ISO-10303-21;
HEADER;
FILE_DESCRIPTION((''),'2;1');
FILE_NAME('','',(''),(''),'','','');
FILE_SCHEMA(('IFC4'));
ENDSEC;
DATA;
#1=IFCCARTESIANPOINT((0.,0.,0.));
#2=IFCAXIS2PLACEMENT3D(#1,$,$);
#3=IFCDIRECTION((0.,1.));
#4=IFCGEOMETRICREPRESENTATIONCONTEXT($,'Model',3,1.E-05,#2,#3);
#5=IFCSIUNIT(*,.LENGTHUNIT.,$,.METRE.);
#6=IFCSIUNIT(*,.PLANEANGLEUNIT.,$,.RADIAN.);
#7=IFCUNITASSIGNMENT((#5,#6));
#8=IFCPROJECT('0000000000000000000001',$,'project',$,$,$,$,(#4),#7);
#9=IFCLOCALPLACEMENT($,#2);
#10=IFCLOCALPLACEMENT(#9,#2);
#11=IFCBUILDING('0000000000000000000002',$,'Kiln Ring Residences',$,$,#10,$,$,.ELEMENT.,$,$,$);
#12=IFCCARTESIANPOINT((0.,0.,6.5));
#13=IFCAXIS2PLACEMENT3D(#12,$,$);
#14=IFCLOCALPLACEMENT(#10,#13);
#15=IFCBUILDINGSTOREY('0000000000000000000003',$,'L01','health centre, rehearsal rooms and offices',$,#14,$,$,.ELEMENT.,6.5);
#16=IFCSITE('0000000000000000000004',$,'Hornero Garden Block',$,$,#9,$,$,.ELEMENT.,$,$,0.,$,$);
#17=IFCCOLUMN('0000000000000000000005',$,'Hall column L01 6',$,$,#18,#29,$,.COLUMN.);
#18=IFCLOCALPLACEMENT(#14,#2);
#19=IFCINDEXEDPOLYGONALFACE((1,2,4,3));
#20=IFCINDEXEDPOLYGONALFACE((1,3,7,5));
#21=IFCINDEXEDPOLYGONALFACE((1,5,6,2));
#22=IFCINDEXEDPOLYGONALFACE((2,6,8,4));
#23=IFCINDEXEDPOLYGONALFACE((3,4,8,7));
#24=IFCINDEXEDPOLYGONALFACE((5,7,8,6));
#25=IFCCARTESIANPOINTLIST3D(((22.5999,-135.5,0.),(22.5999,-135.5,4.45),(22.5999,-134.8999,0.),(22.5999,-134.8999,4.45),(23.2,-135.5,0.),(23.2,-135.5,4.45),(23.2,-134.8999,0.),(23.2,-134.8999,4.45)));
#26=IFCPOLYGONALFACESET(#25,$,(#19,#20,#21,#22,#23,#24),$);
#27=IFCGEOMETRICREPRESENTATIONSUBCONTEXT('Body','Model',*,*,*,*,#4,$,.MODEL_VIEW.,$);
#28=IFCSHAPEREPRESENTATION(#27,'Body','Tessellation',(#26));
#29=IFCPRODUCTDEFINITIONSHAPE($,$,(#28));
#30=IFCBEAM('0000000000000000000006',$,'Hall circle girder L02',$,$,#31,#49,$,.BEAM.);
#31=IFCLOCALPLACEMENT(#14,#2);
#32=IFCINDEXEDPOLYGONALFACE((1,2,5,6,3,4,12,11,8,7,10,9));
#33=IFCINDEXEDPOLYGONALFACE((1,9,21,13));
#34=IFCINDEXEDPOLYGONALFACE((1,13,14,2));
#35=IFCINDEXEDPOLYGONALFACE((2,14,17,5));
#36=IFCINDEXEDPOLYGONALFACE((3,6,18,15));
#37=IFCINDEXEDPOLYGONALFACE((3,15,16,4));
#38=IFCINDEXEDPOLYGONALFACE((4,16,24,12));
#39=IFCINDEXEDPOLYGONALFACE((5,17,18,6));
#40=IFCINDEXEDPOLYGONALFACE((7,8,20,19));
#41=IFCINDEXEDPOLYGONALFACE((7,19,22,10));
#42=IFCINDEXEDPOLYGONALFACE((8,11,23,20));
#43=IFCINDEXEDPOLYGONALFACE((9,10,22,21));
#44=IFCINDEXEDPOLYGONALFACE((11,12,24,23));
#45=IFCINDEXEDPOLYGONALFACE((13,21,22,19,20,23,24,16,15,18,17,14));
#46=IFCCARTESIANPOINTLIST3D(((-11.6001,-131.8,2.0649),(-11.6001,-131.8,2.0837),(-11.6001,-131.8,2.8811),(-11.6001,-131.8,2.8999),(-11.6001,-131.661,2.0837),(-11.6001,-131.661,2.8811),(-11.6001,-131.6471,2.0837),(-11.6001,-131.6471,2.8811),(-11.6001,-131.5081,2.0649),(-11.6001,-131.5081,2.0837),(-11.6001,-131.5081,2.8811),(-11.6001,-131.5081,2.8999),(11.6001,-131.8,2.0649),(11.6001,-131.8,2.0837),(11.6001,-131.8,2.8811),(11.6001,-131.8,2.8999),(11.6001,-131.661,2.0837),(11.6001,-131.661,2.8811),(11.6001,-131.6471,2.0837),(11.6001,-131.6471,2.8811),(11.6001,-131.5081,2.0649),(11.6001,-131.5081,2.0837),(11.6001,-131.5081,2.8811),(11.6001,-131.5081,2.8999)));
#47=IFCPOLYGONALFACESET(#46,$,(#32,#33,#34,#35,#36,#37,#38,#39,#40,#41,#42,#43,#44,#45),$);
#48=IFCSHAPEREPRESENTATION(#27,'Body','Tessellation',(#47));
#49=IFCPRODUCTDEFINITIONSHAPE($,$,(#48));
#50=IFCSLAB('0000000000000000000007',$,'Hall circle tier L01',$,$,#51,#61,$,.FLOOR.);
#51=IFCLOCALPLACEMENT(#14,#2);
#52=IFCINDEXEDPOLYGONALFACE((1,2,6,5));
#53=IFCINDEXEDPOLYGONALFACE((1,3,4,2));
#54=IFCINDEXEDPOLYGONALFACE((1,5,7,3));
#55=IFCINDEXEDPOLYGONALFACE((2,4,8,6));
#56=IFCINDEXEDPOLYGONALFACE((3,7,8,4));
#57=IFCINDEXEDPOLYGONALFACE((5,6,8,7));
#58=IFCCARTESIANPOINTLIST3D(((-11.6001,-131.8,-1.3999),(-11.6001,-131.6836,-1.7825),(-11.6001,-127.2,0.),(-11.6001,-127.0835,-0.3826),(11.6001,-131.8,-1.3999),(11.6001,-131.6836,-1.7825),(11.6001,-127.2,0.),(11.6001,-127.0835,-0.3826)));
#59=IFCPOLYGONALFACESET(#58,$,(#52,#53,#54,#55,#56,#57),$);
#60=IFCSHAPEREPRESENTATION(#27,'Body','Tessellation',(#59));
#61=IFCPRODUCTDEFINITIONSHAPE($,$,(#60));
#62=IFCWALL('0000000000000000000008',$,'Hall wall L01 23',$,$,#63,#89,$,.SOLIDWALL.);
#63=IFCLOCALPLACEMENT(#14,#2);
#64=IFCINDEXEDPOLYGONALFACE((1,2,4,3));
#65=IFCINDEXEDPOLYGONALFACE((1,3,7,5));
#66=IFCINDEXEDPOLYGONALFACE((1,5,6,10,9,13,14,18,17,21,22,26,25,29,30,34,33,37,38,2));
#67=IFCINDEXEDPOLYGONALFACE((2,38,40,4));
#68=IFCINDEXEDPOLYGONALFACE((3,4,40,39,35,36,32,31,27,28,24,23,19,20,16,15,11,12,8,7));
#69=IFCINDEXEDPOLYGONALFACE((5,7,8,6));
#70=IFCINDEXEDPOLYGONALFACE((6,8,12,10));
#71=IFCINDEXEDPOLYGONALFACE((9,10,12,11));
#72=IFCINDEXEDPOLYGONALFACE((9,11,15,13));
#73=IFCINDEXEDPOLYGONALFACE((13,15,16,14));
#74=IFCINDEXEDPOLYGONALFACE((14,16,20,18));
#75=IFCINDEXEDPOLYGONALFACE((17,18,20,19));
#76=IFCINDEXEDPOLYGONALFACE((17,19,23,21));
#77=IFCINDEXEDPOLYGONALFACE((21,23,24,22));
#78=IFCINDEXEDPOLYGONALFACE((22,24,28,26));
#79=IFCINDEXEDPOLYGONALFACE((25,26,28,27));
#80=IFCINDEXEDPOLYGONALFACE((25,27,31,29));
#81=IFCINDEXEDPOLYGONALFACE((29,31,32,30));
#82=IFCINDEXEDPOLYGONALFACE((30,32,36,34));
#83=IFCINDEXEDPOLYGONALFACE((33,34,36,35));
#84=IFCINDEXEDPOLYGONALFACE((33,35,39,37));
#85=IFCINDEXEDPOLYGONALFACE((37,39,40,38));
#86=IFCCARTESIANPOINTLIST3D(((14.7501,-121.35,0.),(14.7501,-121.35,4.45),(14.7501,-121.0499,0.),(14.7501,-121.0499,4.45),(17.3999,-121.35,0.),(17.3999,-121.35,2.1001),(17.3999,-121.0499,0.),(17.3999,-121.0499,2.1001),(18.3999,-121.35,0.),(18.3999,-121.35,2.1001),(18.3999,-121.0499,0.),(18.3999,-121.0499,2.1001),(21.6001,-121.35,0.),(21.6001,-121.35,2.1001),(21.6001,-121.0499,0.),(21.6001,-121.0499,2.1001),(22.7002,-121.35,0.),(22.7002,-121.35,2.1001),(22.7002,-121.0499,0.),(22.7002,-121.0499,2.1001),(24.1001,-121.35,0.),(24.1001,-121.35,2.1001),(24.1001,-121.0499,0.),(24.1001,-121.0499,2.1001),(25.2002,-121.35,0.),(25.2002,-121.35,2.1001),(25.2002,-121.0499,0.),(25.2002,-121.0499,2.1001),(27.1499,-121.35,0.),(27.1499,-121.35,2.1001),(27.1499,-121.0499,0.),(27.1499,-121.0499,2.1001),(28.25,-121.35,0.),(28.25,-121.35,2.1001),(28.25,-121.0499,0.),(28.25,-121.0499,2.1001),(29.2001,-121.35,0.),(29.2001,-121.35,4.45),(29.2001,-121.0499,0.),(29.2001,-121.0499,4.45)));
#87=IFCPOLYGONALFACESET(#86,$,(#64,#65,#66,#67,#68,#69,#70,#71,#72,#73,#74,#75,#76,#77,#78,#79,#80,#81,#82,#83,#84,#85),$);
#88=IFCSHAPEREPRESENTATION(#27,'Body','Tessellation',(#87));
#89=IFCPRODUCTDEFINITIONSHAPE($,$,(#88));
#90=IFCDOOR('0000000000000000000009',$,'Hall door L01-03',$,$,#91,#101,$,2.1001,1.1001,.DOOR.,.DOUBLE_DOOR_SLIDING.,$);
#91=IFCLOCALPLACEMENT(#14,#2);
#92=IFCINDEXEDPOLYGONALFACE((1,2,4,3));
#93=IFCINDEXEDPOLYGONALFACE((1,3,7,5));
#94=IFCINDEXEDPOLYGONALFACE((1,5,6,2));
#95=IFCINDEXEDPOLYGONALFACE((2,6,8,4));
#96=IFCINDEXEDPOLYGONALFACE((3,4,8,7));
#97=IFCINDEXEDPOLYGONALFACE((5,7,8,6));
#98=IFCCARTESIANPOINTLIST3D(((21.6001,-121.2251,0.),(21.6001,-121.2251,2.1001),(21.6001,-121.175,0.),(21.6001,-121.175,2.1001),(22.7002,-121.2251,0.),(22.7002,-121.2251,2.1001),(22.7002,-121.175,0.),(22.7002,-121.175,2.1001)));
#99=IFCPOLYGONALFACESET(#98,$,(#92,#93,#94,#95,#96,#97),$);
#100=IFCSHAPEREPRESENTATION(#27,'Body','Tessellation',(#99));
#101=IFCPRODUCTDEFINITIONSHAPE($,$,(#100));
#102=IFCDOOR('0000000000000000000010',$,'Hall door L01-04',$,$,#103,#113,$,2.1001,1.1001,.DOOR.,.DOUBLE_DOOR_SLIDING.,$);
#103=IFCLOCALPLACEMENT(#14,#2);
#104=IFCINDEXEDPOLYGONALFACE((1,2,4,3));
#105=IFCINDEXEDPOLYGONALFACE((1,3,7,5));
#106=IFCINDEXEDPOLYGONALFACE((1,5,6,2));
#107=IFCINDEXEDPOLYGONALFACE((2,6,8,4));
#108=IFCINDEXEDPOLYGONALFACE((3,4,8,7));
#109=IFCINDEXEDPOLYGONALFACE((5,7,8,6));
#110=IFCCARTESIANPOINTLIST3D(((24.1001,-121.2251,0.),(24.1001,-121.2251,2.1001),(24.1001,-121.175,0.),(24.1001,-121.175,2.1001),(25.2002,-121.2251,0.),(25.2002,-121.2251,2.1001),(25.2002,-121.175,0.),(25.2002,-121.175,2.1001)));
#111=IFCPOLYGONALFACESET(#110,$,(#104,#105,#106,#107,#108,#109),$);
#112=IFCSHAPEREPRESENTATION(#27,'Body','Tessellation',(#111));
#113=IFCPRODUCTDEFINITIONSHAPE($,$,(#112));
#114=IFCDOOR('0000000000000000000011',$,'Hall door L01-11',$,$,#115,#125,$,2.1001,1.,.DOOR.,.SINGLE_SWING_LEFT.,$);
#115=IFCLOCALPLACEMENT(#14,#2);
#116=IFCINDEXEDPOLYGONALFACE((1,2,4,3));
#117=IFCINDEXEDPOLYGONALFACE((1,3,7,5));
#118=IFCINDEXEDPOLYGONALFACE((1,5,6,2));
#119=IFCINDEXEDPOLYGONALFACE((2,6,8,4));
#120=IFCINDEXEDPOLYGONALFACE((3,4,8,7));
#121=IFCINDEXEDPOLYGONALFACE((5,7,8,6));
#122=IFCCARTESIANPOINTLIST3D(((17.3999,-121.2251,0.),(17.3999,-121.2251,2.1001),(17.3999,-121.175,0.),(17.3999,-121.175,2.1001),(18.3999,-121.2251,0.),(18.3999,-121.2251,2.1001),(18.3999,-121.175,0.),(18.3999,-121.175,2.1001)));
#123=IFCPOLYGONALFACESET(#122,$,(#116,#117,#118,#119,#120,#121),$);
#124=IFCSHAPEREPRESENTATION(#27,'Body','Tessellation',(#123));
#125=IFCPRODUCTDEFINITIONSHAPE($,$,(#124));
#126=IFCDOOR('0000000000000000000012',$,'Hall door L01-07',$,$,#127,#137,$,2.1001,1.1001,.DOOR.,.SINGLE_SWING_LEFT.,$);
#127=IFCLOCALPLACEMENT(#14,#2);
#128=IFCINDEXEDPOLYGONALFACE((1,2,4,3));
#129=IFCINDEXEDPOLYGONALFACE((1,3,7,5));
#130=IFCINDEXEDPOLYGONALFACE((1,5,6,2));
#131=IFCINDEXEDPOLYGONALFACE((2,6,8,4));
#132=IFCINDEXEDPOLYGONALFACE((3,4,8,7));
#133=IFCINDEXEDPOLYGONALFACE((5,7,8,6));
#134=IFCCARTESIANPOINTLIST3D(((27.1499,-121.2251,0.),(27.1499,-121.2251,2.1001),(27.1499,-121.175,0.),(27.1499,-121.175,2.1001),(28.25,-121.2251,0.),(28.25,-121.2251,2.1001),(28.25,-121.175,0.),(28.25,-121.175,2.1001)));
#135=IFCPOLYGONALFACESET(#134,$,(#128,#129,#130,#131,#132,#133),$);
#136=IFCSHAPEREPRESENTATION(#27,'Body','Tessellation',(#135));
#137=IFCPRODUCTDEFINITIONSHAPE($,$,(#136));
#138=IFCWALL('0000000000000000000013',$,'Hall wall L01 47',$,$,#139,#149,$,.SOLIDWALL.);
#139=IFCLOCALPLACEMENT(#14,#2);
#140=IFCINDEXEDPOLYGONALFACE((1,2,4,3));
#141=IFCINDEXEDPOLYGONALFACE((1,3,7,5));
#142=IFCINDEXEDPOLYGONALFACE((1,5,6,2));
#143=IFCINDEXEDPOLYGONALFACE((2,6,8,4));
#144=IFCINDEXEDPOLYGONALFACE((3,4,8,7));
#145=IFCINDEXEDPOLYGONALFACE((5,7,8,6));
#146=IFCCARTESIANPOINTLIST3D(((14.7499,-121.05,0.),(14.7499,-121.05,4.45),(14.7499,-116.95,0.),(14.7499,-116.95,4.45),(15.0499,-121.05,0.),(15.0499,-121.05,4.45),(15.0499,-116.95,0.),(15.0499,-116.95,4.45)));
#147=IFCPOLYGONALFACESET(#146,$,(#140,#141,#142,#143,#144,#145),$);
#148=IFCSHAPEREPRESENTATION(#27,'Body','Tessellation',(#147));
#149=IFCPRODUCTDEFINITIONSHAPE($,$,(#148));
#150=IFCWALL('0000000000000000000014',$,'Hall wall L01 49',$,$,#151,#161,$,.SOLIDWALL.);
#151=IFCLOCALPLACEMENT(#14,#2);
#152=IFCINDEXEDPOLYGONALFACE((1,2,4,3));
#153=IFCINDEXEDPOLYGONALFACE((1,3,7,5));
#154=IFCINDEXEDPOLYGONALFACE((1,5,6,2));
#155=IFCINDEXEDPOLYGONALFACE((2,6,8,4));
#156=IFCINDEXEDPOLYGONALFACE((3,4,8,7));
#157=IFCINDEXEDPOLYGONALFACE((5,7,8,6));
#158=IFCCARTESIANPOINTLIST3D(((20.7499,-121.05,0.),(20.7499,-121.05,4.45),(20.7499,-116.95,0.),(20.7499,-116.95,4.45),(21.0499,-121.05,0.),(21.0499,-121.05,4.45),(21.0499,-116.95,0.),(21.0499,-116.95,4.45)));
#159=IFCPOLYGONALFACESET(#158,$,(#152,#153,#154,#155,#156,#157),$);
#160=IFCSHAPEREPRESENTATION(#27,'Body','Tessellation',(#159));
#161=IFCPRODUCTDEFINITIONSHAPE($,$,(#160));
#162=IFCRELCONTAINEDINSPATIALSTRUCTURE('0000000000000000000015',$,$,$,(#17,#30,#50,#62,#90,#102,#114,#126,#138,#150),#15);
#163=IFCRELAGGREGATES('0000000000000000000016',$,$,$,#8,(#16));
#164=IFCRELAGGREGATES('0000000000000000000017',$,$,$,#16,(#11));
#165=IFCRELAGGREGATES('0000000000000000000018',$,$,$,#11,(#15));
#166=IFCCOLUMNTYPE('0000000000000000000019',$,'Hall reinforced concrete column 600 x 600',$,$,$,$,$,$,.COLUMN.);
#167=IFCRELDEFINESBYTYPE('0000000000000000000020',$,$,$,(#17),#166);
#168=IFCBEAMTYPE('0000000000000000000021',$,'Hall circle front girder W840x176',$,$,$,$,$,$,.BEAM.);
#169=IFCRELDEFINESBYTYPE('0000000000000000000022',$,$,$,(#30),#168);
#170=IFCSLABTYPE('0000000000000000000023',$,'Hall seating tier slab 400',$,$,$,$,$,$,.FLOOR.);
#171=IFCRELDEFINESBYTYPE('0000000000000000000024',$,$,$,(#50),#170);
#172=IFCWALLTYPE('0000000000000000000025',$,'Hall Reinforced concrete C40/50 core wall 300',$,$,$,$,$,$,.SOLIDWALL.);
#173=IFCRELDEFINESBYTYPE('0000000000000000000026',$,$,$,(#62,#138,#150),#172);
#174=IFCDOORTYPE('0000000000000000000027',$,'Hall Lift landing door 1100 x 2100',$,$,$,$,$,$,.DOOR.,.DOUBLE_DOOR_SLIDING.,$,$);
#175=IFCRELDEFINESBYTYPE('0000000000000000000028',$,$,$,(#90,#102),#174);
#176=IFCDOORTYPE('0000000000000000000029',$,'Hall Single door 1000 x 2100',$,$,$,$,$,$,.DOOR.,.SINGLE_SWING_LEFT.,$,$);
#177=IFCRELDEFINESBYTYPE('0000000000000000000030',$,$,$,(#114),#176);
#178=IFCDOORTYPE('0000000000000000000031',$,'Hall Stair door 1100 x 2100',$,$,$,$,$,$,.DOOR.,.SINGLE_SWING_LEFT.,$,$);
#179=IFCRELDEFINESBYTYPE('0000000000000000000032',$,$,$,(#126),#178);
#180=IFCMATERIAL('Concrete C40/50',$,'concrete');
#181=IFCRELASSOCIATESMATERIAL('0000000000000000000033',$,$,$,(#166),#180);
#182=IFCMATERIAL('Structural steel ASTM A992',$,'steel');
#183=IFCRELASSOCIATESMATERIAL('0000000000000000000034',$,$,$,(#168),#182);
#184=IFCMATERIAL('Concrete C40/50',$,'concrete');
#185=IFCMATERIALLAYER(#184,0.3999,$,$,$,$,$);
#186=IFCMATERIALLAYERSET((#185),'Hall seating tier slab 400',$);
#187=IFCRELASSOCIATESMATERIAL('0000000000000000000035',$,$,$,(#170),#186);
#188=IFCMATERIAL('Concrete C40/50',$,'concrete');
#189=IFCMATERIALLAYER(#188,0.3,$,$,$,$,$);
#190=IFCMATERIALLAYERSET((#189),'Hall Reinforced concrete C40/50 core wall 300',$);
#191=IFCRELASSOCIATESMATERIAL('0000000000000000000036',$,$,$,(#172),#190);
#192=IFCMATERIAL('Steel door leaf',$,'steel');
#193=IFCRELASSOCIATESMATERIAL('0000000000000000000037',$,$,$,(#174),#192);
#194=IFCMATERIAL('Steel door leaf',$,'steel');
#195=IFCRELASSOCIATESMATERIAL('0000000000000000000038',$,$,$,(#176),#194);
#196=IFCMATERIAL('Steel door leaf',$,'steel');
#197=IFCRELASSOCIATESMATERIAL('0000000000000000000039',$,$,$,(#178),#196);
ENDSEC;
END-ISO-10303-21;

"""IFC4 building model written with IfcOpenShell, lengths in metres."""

from ifc_helpers import new_model, si_unit, direction, frame, frame_2d, origin, origin_2d, place, context, subcontext, project, spatial, polyline, rectangle, i_section, outline, extrude, material, layer, layer_set, material_profile, profile_set, type_object, element, fill, save


model = new_model("IFC4")

# Units and contexts
model_context = context("Model", 3, precision=1e-05, world=origin(), true_north=direction((0.0, 1.0)))
body_context = subcontext(model_context, "Body", "Model", "MODEL_VIEW")
ifc_project = project(units=[si_unit("LENGTHUNIT", "METRE"), si_unit("PLANEANGLEUNIT", "RADIAN")], contexts=[model_context])

# Site, building, storey
site_placement = place(None, origin())
site = spatial("IfcSite", under=ifc_project, at=site_placement, Name="Hornero Garden Block", CompositionType="ELEMENT", RefElevation=0.0)
building_placement = place(site_placement, origin())
building = spatial("IfcBuilding", under=site, at=building_placement, Name="Kiln Ring Residences", CompositionType="ELEMENT")
storey_placement = place(building_placement, frame((0.0, 0.0, 6.5)))
storey = spatial("IfcBuildingStorey", under=building, at=storey_placement, Name="L01", Description="health centre, rehearsal rooms and offices", CompositionType="ELEMENT", Elevation=6.5)

# Column
ifc_material_1 = material(Name="Concrete C40/50", Category="concrete")
ifc_material_profile_1 = material_profile(ifc_material_1, rectangle(XDim=0.6001, YDim=0.6001, at=origin_2d()), Name="Hall reinforced concrete column 600 x 600")
ifc_profile_set_1 = profile_set([ifc_material_profile_1], Name="Concrete C40/50")
column_type = type_object("IfcColumnType", Name="Hall reinforced concrete column 600 x 600", PredefinedType="COLUMN", material=ifc_profile_set_1)
column_placement = place(storey_placement, frame((22.8999, -135.2, 0.0), z_axis=(0.0, 0.0, 1.0), x_axis=(1.0, 0.0, 0.0)))
element("IfcColumn", 1, at=column_placement, inside=storey, type_object=column_type, Name="Hall column L01 6", PredefinedType="COLUMN", context=body_context, shape_type="SweptSolid", body=[
    extrude(rectangle(XDim=0.6001, YDim=0.6001, at=origin_2d()), origin(), (0.0, 0.0, 1.0), 4.45),
])

# Beam
ifc_material_2 = material(Name="Structural steel ASTM A992", Category="steel")
ifc_material_profile_2 = material_profile(ifc_material_2, i_section(OverallWidth=0.292, OverallDepth=0.835, WebThickness=0.0139, FlangeThickness=0.0188, at=origin_2d()), Name="W840x176")
ifc_profile_set_2 = profile_set([ifc_material_profile_2], Name="Structural steel ASTM A992")
beam_type = type_object("IfcBeamType", Name="Hall circle front girder W840x176", PredefinedType="BEAM", material=ifc_profile_set_2)
beam_placement = place(storey_placement, frame((-11.6001, -131.6541, 2.4824), z_axis=(1.0, 0.0, 0.0), x_axis=(0.0, 1.0, 0.0)))
element("IfcBeam", 2, at=beam_placement, inside=storey, type_object=beam_type, Name="Hall circle girder L02", PredefinedType="BEAM", context=body_context, shape_type="SweptSolid", body=[
    extrude(i_section(OverallWidth=0.292, OverallDepth=0.835, WebThickness=0.0139, FlangeThickness=0.0188, at=origin_2d()), origin(), (0.0, 0.0, 1.0), 23.2002),
])

# Slab
ifc_material_3 = material(Name="Concrete C40/50", Category="concrete")
ifc_layer_1 = layer(ifc_material_3, 0.3999)
ifc_layer_set_1 = layer_set([ifc_layer_1], Name="Hall seating tier slab 400")
slab_type = type_object("IfcSlabType", Name="Hall seating tier slab 400", PredefinedType="FLOOR", material=ifc_layer_set_1)
slab_placement = place(storey_placement, frame((-11.6001, -131.8, -1.3999), z_axis=(0.0, -0.291137, 0.956681), x_axis=(1.0, 0.0, 0.0)))
element("IfcSlab", 3, at=slab_placement, inside=storey, type_object=slab_type, Name="Hall circle tier L01", PredefinedType="FLOOR", context=body_context, shape_type="SweptSolid", body=[
    extrude(outline(polyline([(0.0, 0.0), (23.2002, 0.0), (23.2002, 4.8084), (0.0, 4.8084), (0.0, 0.0)])), origin(), (0.0, 0.0, -1.0), 0.3999),
])

# Wall, openings, doors
ifc_material_4 = material(Name="Concrete C40/50", Category="concrete")
ifc_layer_2 = layer(ifc_material_4, 0.3)
ifc_layer_set_2 = layer_set([ifc_layer_2], Name="Hall Reinforced concrete C40/50 core wall 300")
wall_type_1 = type_object("IfcWallType", Name="Hall Reinforced concrete C40/50 core wall 300", PredefinedType="SOLIDWALL", material=ifc_layer_set_2)
wall_1_placement = place(storey_placement, frame((14.75, -121.2, 0.0), z_axis=(0.0, 0.0, 1.0), x_axis=(1.0, 0.0, 0.0)))
wall_1 = element("IfcWall", 4, at=wall_1_placement, inside=storey, type_object=wall_type_1, Name="Hall wall L01 23", PredefinedType="SOLIDWALL", context=body_context, shape_type="SweptSolid", body=[
    extrude(rectangle(XDim=14.45, YDim=0.3, at=frame_2d((7.2251, 0.0))), origin(), (0.0, 0.0, 1.0), 4.45),
])
opening_1_placement = place(wall_1_placement, frame((6.8501, 0.0, 0.0)))
opening_1 = element("IfcOpeningElement", 5, at=opening_1_placement, cuts=wall_1, PredefinedType="OPENING", context=body_context, shape_type="SweptSolid", body=[
    extrude(rectangle(XDim=1.1001, YDim=2.1001, at=frame_2d((0.55, 1.05))), frame((0.0, 0.1599, 0.0), z_axis=(0.0, -1.0, 0.0), x_axis=(1.0, 0.0, 0.0)), (0.0, 0.0, 1.0), 0.3201),
])
opening_2_placement = place(wall_1_placement, frame((9.3501, 0.0, 0.0)))
opening_2 = element("IfcOpeningElement", 6, at=opening_2_placement, cuts=wall_1, PredefinedType="OPENING", context=body_context, shape_type="SweptSolid", body=[
    extrude(rectangle(XDim=1.1001, YDim=2.1001, at=frame_2d((0.55, 1.05))), frame((0.0, 0.1599, 0.0), z_axis=(0.0, -1.0, 0.0), x_axis=(1.0, 0.0, 0.0)), (0.0, 0.0, 1.0), 0.3201),
])
opening_3_placement = place(wall_1_placement, frame((12.3999, 0.0, 0.0)))
opening_3 = element("IfcOpeningElement", 7, at=opening_3_placement, cuts=wall_1, PredefinedType="OPENING", context=body_context, shape_type="SweptSolid", body=[
    extrude(rectangle(XDim=1.1001, YDim=2.1001, at=frame_2d((0.55, 1.05))), frame((0.0, 0.1599, 0.0), z_axis=(0.0, -1.0, 0.0), x_axis=(1.0, 0.0, 0.0)), (0.0, 0.0, 1.0), 0.3201),
])
opening_4_placement = place(wall_1_placement, frame((2.6499, 0.0, 0.0)))
opening_4 = element("IfcOpeningElement", 8, at=opening_4_placement, cuts=wall_1, PredefinedType="OPENING", context=body_context, shape_type="SweptSolid", body=[
    extrude(rectangle(XDim=1.0, YDim=2.1001, at=frame_2d((0.5, 1.05))), frame((0.0, 0.1599, 0.0), z_axis=(0.0, -1.0, 0.0), x_axis=(1.0, 0.0, 0.0)), (0.0, 0.0, 1.0), 0.3201),
])
ifc_material_5 = material(Name="Steel door leaf", Category="steel")
door_type_1 = type_object("IfcDoorType", Name="Hall Lift landing door 1100 x 2100", OperationType="DOUBLE_DOOR_SLIDING", PredefinedType="DOOR", material=ifc_material_5)
door_1_placement = place(opening_1_placement, origin())
door_1 = element("IfcDoor", 9, at=door_1_placement, inside=storey, type_object=door_type_1, Name="Hall door L01-03", OperationType="DOUBLE_DOOR_SLIDING", OverallHeight=2.1001, OverallWidth=1.1001, PredefinedType="DOOR", context=body_context, shape_type="SweptSolid", body=[
    extrude(rectangle(XDim=1.1001, YDim=2.1001, at=frame_2d((0.55, 1.05))), frame((0.0, 0.0249, 0.0), z_axis=(0.0, -1.0, 0.0), x_axis=(1.0, 0.0, 0.0)), (0.0, 0.0, 1.0), 0.05),
])
fill(opening_1, door_1)
door_2_placement = place(opening_2_placement, origin())
door_2 = element("IfcDoor", 10, at=door_2_placement, inside=storey, type_object=door_type_1, Name="Hall door L01-04", OperationType="DOUBLE_DOOR_SLIDING", OverallHeight=2.1001, OverallWidth=1.1001, PredefinedType="DOOR", context=body_context, shape_type="SweptSolid", body=[
    extrude(rectangle(XDim=1.1001, YDim=2.1001, at=frame_2d((0.55, 1.05))), frame((0.0, 0.0249, 0.0), z_axis=(0.0, -1.0, 0.0), x_axis=(1.0, 0.0, 0.0)), (0.0, 0.0, 1.0), 0.05),
])
fill(opening_2, door_2)
ifc_material_6 = material(Name="Steel door leaf", Category="steel")
door_type_2 = type_object("IfcDoorType", Name="Hall Single door 1000 x 2100", OperationType="SINGLE_SWING_LEFT", PredefinedType="DOOR", material=ifc_material_6)
door_3_placement = place(opening_4_placement, origin())
door_3 = element("IfcDoor", 11, at=door_3_placement, inside=storey, type_object=door_type_2, Name="Hall door L01-11", OperationType="SINGLE_SWING_LEFT", OverallHeight=2.1001, OverallWidth=1.0, PredefinedType="DOOR", context=body_context, shape_type="SweptSolid", body=[
    extrude(rectangle(XDim=1.0, YDim=2.1001, at=frame_2d((0.5, 1.05))), frame((0.0, 0.0249, 0.0), z_axis=(0.0, -1.0, 0.0), x_axis=(1.0, 0.0, 0.0)), (0.0, 0.0, 1.0), 0.05),
])
fill(opening_4, door_3)
ifc_material_7 = material(Name="Steel door leaf", Category="steel")
door_type_3 = type_object("IfcDoorType", Name="Hall Stair door 1100 x 2100", OperationType="SINGLE_SWING_LEFT", PredefinedType="DOOR", material=ifc_material_7)
door_4_placement = place(opening_3_placement, origin())
door_4 = element("IfcDoor", 12, at=door_4_placement, inside=storey, type_object=door_type_3, Name="Hall door L01-07", OperationType="SINGLE_SWING_LEFT", OverallHeight=2.1001, OverallWidth=1.1001, PredefinedType="DOOR", context=body_context, shape_type="SweptSolid", body=[
    extrude(rectangle(XDim=1.1001, YDim=2.1001, at=frame_2d((0.55, 1.05))), frame((0.0, 0.0249, 0.0), z_axis=(0.0, -1.0, 0.0), x_axis=(1.0, 0.0, 0.0)), (0.0, 0.0, 1.0), 0.05),
])
fill(opening_3, door_4)

# Walls
for number, where, z_axis, x_axis, name in (
    (13, (14.8999, -121.05, 0.0), (0.0, 0.0, 1.0), (0.0, 1.0, 0.0), "Hall wall L01 47"),
    (14, (20.8999, -121.05, 0.0), (0.0, 0.0, 1.0), (0.0, 1.0, 0.0), "Hall wall L01 49"),
):
    element("IfcWall", number, at=place(storey_placement, frame(where, z_axis=z_axis, x_axis=x_axis)), inside=storey, type_object=wall_type_1, Name=name, PredefinedType="SOLIDWALL", context=body_context, shape_type="SweptSolid", body=[
        extrude(rectangle(XDim=4.1001, YDim=0.3, at=frame_2d((2.05, 0.0))), origin(), (0.0, 0.0, 1.0), 4.45),
    ])

save(model, "model.ifc")
